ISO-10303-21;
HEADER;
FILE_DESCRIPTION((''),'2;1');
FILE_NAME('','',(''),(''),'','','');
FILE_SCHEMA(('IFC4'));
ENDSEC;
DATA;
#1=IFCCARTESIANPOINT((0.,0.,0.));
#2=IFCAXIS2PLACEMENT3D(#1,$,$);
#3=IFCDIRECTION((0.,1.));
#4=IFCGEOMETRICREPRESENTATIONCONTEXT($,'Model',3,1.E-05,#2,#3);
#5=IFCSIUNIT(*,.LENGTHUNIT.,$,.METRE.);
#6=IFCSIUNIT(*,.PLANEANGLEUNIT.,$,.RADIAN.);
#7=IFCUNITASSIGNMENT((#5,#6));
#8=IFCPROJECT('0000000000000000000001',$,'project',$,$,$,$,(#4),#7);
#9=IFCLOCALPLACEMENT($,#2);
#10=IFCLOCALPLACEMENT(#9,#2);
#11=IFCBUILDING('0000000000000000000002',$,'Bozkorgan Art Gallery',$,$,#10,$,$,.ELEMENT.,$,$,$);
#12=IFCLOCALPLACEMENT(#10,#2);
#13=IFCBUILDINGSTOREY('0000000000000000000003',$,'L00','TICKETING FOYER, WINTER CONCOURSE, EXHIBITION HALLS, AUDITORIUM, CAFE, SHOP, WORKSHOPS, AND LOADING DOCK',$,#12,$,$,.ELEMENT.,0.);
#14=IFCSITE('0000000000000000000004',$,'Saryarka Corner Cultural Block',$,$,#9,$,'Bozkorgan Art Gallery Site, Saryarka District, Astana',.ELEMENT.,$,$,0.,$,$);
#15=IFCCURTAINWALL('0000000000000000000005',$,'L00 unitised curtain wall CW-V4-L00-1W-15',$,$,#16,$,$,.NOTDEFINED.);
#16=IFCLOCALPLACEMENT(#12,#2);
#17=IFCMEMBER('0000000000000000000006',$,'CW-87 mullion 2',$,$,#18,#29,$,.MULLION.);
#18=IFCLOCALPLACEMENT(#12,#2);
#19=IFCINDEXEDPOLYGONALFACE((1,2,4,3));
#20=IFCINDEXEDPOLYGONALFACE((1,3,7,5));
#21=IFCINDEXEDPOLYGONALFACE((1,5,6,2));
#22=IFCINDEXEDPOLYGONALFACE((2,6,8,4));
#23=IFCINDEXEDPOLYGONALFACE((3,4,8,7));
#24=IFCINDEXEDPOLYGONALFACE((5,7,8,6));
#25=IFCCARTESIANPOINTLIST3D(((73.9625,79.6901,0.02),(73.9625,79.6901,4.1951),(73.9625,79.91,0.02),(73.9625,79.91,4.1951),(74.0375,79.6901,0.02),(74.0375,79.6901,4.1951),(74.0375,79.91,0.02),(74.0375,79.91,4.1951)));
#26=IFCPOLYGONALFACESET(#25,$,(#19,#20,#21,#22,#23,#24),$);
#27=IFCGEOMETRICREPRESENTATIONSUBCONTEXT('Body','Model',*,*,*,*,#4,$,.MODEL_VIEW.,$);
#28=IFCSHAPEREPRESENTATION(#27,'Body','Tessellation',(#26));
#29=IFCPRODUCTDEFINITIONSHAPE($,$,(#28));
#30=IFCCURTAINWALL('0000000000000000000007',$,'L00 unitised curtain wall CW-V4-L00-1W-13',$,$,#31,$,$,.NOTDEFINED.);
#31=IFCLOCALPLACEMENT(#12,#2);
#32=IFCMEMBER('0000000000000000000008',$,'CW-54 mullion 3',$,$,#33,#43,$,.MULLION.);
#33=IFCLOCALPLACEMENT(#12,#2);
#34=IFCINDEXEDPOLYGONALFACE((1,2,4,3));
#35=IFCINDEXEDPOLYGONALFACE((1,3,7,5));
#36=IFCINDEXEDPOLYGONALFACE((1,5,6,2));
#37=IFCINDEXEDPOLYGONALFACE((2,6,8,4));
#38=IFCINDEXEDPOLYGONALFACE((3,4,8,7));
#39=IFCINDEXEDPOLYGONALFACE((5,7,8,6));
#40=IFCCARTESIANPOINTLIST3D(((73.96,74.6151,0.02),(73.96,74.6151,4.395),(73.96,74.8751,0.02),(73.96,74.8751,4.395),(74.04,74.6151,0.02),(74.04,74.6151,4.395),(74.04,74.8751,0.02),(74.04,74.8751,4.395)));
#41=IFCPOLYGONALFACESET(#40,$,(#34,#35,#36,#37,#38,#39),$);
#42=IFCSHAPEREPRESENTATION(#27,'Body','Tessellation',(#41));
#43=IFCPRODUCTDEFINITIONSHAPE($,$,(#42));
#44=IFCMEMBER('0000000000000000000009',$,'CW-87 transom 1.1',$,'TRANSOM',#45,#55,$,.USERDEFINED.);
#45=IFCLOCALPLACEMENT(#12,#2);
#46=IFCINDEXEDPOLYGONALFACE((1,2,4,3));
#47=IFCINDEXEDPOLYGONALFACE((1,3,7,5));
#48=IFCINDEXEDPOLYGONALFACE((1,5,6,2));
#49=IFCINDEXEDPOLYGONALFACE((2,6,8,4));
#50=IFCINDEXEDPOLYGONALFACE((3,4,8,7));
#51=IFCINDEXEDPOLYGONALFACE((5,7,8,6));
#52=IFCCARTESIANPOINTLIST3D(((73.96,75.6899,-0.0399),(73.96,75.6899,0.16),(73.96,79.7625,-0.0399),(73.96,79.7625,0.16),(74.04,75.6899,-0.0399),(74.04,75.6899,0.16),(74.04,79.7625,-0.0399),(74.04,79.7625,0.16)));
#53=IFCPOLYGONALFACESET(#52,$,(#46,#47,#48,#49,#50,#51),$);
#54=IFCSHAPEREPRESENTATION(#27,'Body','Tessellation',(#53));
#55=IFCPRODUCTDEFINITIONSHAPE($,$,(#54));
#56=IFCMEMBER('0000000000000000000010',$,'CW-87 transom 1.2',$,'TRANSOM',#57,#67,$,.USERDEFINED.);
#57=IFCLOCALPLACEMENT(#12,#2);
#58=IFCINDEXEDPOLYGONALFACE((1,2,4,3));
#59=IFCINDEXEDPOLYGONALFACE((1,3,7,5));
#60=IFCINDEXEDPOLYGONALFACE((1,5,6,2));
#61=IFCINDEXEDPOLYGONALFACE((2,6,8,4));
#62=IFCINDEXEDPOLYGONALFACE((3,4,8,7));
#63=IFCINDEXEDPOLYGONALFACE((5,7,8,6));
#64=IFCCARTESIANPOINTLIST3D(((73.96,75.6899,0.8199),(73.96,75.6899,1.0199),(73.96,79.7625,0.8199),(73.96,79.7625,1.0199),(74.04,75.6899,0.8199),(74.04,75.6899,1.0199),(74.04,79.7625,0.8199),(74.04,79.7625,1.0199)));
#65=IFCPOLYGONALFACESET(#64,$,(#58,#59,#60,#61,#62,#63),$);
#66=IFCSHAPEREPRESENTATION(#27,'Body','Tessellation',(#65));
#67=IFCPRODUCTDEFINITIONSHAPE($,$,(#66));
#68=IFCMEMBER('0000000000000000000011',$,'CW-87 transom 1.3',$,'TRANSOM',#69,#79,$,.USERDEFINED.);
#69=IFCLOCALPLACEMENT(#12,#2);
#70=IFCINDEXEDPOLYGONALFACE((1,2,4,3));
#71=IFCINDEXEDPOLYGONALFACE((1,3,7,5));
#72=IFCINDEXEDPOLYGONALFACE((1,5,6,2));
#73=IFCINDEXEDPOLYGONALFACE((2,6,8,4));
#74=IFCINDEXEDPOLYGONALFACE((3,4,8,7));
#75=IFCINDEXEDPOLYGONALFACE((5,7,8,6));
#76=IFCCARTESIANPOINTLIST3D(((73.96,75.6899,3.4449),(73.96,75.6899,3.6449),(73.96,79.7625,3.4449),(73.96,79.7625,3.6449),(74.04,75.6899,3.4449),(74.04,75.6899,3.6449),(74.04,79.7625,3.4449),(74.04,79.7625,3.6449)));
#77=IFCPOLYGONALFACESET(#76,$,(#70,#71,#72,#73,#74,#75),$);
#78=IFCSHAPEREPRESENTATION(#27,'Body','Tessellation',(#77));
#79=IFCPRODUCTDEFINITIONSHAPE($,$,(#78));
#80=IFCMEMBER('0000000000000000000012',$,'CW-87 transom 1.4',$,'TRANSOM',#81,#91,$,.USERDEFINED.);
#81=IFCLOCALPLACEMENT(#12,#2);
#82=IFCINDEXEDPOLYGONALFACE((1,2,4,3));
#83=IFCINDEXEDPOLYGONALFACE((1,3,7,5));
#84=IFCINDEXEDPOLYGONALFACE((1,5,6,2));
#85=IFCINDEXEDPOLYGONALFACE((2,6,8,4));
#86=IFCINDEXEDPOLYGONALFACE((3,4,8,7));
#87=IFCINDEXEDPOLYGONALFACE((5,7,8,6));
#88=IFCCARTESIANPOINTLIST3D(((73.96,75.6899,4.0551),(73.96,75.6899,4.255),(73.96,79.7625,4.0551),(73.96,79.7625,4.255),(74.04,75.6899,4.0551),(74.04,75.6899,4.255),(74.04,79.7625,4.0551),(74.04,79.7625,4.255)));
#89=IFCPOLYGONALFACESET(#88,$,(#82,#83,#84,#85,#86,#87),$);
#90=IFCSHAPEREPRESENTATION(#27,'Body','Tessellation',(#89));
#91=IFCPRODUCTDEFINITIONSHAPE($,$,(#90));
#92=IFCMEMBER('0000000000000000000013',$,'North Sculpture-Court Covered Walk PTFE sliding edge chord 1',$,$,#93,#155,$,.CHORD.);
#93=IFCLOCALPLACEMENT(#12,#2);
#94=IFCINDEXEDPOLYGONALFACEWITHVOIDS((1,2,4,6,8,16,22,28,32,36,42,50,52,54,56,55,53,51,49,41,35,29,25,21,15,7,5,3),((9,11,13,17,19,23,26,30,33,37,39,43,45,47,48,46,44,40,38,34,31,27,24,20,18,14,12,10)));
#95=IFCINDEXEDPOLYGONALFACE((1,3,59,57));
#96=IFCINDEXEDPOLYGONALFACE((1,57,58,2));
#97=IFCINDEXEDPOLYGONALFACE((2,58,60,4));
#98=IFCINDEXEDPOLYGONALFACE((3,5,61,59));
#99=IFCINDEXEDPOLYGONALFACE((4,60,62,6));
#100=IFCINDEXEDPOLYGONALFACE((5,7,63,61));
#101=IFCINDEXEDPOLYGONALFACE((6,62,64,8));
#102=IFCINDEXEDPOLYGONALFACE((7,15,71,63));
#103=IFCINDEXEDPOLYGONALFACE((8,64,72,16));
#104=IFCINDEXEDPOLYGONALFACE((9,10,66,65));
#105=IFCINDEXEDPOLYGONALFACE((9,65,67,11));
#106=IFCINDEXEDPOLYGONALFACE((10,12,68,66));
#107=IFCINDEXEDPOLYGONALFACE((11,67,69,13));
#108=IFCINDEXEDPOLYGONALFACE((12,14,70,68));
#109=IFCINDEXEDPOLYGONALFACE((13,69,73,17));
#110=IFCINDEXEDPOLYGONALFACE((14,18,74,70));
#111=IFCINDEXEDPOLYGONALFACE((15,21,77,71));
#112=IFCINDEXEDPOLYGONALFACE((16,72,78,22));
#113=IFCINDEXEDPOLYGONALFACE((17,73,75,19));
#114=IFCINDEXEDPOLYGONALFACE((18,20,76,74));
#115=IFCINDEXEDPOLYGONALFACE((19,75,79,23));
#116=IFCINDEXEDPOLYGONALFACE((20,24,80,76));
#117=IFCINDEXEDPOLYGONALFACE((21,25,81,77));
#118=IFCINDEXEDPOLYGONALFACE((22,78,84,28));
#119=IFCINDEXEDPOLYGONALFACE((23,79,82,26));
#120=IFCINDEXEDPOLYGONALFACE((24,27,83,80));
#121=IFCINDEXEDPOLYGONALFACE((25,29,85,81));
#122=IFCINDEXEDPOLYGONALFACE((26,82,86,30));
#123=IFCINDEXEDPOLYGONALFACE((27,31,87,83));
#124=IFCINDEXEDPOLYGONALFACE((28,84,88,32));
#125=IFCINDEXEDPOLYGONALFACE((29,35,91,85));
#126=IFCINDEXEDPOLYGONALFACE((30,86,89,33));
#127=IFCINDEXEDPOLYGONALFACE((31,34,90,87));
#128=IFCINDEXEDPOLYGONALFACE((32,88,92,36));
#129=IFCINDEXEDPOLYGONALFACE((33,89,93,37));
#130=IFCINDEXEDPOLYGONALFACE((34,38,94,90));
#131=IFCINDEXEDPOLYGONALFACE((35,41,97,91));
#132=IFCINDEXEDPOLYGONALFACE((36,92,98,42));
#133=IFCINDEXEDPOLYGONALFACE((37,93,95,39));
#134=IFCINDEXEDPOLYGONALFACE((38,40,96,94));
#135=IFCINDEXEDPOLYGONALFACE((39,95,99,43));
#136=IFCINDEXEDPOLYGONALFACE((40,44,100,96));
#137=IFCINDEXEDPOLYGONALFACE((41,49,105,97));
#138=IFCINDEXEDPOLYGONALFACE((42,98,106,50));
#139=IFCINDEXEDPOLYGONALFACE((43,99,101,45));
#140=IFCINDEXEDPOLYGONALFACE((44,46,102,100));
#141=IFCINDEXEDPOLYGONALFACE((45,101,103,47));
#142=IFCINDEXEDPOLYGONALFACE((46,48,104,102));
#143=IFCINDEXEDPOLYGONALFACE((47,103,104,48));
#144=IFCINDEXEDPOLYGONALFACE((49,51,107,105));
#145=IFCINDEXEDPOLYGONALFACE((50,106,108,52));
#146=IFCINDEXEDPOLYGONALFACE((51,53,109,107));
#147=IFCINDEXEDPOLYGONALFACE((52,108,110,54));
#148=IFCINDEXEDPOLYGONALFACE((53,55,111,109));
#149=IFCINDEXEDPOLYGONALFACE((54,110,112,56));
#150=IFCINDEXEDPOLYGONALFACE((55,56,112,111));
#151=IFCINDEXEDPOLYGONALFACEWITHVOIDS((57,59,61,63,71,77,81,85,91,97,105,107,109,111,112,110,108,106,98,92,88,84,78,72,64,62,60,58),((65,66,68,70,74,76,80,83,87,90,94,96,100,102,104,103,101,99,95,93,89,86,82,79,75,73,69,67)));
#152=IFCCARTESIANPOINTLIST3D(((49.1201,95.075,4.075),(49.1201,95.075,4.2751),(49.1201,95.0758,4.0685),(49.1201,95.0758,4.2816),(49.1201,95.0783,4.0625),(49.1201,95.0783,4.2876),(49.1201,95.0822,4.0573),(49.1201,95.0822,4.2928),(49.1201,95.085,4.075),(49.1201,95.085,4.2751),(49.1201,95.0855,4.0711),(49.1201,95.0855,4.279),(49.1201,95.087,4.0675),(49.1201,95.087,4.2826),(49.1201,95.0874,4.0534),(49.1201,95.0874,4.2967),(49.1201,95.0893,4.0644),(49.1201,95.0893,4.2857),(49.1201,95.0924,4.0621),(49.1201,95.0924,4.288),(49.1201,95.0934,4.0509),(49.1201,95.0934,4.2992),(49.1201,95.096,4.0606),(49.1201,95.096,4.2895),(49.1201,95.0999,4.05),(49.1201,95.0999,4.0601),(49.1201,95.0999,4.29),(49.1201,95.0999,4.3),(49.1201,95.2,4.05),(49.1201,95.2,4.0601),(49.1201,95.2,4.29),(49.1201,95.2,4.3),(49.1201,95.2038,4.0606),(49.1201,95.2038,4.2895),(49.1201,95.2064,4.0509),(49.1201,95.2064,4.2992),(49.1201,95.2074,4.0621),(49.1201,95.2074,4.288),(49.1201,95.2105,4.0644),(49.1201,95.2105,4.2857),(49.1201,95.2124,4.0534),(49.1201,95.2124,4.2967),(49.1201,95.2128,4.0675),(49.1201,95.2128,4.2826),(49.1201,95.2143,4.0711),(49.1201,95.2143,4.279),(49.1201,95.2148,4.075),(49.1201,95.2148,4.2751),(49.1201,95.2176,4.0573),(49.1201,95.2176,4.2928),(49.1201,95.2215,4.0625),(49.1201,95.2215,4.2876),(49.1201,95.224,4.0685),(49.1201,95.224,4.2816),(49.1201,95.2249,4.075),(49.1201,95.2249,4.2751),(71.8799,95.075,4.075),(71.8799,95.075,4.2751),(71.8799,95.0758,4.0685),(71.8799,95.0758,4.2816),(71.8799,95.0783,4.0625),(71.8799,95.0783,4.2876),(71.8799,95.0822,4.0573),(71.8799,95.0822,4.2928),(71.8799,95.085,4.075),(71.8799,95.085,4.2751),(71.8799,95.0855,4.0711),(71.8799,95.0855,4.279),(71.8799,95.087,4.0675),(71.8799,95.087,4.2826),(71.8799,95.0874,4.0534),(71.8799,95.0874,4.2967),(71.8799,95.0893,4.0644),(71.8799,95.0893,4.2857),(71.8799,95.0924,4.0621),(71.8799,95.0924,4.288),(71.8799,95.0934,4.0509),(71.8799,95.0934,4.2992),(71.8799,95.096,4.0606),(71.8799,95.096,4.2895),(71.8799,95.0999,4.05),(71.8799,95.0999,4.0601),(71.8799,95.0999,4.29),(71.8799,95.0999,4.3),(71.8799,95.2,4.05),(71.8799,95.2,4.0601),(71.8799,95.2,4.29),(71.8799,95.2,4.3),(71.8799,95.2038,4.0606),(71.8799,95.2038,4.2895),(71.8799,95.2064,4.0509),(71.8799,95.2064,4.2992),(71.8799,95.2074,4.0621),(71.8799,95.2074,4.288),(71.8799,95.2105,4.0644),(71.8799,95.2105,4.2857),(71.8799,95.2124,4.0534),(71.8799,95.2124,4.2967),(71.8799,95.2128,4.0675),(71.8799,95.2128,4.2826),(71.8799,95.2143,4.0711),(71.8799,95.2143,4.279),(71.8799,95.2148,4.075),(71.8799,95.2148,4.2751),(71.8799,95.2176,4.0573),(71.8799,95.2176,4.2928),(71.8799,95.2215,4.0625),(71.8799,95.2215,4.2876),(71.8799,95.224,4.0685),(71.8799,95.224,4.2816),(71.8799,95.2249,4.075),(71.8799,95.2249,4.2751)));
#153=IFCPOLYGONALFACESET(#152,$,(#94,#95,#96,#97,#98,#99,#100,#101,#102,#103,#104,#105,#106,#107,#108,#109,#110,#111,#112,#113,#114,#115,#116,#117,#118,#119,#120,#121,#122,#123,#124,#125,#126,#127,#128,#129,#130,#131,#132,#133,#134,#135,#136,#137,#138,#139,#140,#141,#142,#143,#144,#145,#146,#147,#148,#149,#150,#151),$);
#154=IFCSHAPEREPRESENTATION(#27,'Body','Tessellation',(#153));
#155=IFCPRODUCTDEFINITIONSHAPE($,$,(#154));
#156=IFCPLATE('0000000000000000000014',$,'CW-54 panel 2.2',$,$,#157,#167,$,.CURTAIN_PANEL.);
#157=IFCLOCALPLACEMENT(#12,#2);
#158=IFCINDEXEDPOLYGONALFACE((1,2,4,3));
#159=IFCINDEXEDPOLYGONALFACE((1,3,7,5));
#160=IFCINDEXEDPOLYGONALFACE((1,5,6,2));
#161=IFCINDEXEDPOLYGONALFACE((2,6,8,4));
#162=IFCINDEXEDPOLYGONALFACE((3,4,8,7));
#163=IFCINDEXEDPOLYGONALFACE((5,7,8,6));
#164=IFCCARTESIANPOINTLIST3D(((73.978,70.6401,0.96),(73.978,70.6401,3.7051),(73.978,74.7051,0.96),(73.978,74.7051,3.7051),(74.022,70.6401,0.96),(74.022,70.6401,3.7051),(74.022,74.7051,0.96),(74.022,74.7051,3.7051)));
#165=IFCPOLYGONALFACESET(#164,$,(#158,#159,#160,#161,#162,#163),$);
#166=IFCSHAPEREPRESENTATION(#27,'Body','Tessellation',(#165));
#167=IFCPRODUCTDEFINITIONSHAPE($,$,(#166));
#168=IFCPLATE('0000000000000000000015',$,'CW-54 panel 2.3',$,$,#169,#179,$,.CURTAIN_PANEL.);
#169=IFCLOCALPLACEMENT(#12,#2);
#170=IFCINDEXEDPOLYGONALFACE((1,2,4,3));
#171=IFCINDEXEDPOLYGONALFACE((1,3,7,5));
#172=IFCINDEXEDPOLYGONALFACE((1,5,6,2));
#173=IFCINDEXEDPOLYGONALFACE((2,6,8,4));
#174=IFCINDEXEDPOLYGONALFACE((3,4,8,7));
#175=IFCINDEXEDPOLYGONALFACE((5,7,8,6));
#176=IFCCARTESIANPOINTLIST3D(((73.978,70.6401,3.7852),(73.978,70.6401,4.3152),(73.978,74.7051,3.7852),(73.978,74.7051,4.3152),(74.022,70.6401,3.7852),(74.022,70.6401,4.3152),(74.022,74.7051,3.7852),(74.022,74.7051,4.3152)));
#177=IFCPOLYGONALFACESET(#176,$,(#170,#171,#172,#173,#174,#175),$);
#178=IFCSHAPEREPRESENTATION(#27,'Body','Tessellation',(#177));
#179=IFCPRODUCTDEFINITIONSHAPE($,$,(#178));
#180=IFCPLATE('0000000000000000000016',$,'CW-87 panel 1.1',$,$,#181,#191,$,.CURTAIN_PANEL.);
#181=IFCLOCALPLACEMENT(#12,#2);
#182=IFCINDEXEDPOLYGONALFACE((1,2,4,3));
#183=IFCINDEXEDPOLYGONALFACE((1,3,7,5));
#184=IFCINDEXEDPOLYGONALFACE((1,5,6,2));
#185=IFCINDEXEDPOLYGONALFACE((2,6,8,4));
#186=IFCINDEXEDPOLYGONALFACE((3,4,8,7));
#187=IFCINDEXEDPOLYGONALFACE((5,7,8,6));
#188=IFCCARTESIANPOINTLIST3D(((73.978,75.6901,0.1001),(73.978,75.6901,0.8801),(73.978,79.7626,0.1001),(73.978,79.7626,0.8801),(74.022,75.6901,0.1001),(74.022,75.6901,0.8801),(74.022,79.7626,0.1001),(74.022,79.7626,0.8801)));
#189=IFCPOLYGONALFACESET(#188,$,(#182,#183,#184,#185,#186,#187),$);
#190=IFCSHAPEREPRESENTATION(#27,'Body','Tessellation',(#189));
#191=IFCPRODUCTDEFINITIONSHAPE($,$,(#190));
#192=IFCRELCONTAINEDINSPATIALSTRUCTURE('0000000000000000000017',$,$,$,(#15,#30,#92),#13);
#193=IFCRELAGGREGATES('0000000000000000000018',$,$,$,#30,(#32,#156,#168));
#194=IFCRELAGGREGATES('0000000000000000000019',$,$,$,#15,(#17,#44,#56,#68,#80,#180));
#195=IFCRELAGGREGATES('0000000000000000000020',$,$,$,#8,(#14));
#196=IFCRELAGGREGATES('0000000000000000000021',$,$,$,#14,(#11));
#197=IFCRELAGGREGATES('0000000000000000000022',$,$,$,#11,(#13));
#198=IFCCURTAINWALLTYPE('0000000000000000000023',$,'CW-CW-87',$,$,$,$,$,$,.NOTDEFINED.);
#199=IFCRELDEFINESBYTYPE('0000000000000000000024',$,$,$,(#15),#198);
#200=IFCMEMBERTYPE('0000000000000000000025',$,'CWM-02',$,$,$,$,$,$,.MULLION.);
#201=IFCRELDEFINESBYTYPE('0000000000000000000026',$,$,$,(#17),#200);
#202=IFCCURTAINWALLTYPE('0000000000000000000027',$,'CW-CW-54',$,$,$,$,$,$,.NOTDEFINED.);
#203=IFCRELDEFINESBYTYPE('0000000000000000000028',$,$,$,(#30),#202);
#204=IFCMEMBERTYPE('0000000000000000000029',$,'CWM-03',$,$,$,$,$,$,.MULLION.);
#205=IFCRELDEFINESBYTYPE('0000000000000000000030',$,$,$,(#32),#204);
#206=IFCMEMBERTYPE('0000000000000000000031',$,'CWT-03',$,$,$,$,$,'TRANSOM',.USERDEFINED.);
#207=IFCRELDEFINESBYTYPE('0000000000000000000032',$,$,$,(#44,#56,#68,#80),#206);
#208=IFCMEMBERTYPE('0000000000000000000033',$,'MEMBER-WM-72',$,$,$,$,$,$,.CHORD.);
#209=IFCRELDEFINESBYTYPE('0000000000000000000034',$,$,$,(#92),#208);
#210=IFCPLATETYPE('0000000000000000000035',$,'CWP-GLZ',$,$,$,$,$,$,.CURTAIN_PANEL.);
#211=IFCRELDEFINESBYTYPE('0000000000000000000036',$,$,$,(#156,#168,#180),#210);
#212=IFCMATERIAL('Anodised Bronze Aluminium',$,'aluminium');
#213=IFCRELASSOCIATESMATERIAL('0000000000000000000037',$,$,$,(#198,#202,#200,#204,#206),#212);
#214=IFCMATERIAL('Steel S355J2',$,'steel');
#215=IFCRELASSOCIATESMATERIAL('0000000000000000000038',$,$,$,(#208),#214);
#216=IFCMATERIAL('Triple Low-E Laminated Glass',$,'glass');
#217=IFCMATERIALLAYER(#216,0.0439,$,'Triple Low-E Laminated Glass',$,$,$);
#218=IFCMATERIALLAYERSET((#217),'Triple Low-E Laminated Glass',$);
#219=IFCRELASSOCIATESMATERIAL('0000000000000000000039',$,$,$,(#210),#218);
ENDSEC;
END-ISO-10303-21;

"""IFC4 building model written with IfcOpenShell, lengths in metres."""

from ifc_helpers import new_model, si_unit, direction, frame, origin, origin_2d, place, context, subcontext, project, spatial, rectangle, hollow_rectangle, extrude, material, layer, layer_set, material_profile, profile_set, type_object, element, aggregate, save


model = new_model("IFC4")

# Units and contexts
model_context = context("Model", 3, precision=1e-05, world=origin(), true_north=direction((0.0, 1.0)))
body_context = subcontext(model_context, "Body", "Model", "MODEL_VIEW")
ifc_project = project(units=[si_unit("LENGTHUNIT", "METRE"), si_unit("PLANEANGLEUNIT", "RADIAN")], contexts=[model_context])

# Site, building, storey
site_placement = place(None, origin())
site = spatial("IfcSite", under=ifc_project, at=site_placement, Name="Saryarka Corner Cultural Block", LongName="Bozkorgan Art Gallery Site, Saryarka District, Astana", CompositionType="ELEMENT", RefElevation=0.0)
building_placement = place(site_placement, origin())
building = spatial("IfcBuilding", under=site, at=building_placement, Name="Bozkorgan Art Gallery", CompositionType="ELEMENT")
storey_placement = place(building_placement, origin())
storey = spatial("IfcBuildingStorey", under=building, at=storey_placement, Name="L00", Description="TICKETING FOYER, WINTER CONCOURSE, EXHIBITION HALLS, AUDITORIUM, CAFE, SHOP, WORKSHOPS, AND LOADING DOCK", CompositionType="ELEMENT", Elevation=0.0)

# Shared definitions
ifc_material_1 = material(Name="Steel S355J2", Category="steel")

# Curtain wall, member
ifc_material_2 = material(Name="Anodised Bronze Aluminium", Category="aluminium")
curtain_wall_type_1 = type_object("IfcCurtainWallType", Name="CW-CW-87", PredefinedType="NOTDEFINED", material=ifc_material_2)
curtain_wall_1_placement = place(storey_placement, origin())
curtain_wall_1 = element("IfcCurtainWall", 1, at=curtain_wall_1_placement, inside=storey, type_object=curtain_wall_type_1, Name="L00 unitised curtain wall CW-V4-L00-1W-15", PredefinedType="NOTDEFINED")
ifc_material_profile_1 = material_profile(ifc_material_2, rectangle(XDim=0.075, YDim=0.22, at=origin_2d()), Name="ALU MULLION 75x220")
ifc_profile_set_1 = profile_set([ifc_material_profile_1], Name="Anodised Bronze Aluminium")
member_type_1 = type_object("IfcMemberType", Name="CWM-02", PredefinedType="MULLION", material=ifc_profile_set_1)
member_1_placement = place(storey_placement, frame((74.0, 79.8, 0.02), z_axis=(0.0, 0.0, 1.0), x_axis=(-1.0, 0.0, 0.0)))
member_1 = element("IfcMember", 2, at=member_1_placement, type_object=member_type_1, Name="CW-87 mullion 2", PredefinedType="MULLION", context=body_context, shape_type="SweptSolid", body=[
    extrude(rectangle(XDim=0.075, YDim=0.22, at=origin_2d()), origin(), (0.0, 0.0, 1.0), 4.175),
])

# Curtain wall, member
curtain_wall_type_2 = type_object("IfcCurtainWallType", Name="CW-CW-54", PredefinedType="NOTDEFINED", material=ifc_material_2)
curtain_wall_2_placement = place(storey_placement, origin())
curtain_wall_2 = element("IfcCurtainWall", 3, at=curtain_wall_2_placement, inside=storey, type_object=curtain_wall_type_2, Name="L00 unitised curtain wall CW-V4-L00-1W-13", PredefinedType="NOTDEFINED")
ifc_material_profile_2 = material_profile(ifc_material_2, rectangle(XDim=0.0801, YDim=0.26, at=origin_2d()), Name="ALU MULLION 80x260")
ifc_profile_set_2 = profile_set([ifc_material_profile_2], Name="Anodised Bronze Aluminium")
member_type_2 = type_object("IfcMemberType", Name="CWM-03", PredefinedType="MULLION", material=ifc_profile_set_2)
member_2_placement = place(storey_placement, frame((74.0, 74.7451, 0.02), z_axis=(0.0, 0.0, 1.0), x_axis=(-1.0, 0.0, 0.0)))
member_2 = element("IfcMember", 4, at=member_2_placement, type_object=member_type_2, Name="CW-54 mullion 3", PredefinedType="MULLION", context=body_context, shape_type="SweptSolid", body=[
    extrude(rectangle(XDim=0.0801, YDim=0.26, at=origin_2d()), origin(), (0.0, 0.0, 1.0), 4.375),
])

# Members
ifc_material_profile_3 = material_profile(ifc_material_2, rectangle(XDim=0.0801, YDim=0.2, at=origin_2d()), Name="ALU TRANSOM 80x200")
ifc_profile_set_3 = profile_set([ifc_material_profile_3], Name="Anodised Bronze Aluminium")
member_type_3 = type_object("IfcMemberType", Name="CWT-03", ElementType="TRANSOM", PredefinedType="USERDEFINED", material=ifc_profile_set_3)
member_3_placement = place(storey_placement, frame((74.0, 75.6899, 0.0601), z_axis=(0.0, 1.0, 0.0), x_axis=(-1.0, 0.0, 0.0)))
member_3 = element("IfcMember", 5, at=member_3_placement, type_object=member_type_3, Name="CW-87 transom 1.1", ObjectType="TRANSOM", PredefinedType="USERDEFINED", context=body_context, shape_type="SweptSolid", body=[
    extrude(rectangle(XDim=0.0801, YDim=0.2, at=origin_2d()), origin(), (0.0, 0.0, 1.0), 4.0725),
])
member_4_placement = place(storey_placement, frame((74.0, 75.6899, 0.9199), z_axis=(0.0, 1.0, 0.0), x_axis=(-1.0, 0.0, 0.0)))
member_4 = element("IfcMember", 6, at=member_4_placement, type_object=member_type_3, Name="CW-87 transom 1.2", ObjectType="TRANSOM", PredefinedType="USERDEFINED", context=body_context, shape_type="SweptSolid", body=[
    extrude(rectangle(XDim=0.0801, YDim=0.2, at=origin_2d()), origin(), (0.0, 0.0, 1.0), 4.0725),
])
member_5_placement = place(storey_placement, frame((74.0, 75.6899, 3.5449), z_axis=(0.0, 1.0, 0.0), x_axis=(-1.0, 0.0, 0.0)))
member_5 = element("IfcMember", 7, at=member_5_placement, type_object=member_type_3, Name="CW-87 transom 1.3", ObjectType="TRANSOM", PredefinedType="USERDEFINED", context=body_context, shape_type="SweptSolid", body=[
    extrude(rectangle(XDim=0.0801, YDim=0.2, at=origin_2d()), origin(), (0.0, 0.0, 1.0), 4.0725),
])
member_6_placement = place(storey_placement, frame((74.0, 75.6899, 4.155), z_axis=(0.0, 1.0, 0.0), x_axis=(-1.0, 0.0, 0.0)))
member_6 = element("IfcMember", 8, at=member_6_placement, type_object=member_type_3, Name="CW-87 transom 1.4", ObjectType="TRANSOM", PredefinedType="USERDEFINED", context=body_context, shape_type="SweptSolid", body=[
    extrude(rectangle(XDim=0.0801, YDim=0.2, at=origin_2d()), origin(), (0.0, 0.0, 1.0), 4.0725),
])
ifc_material_profile_4 = material_profile(ifc_material_1, hollow_rectangle(XDim=0.1499, YDim=0.25, WallThickness=0.01, InnerFilletRadius=0.0149, OuterFilletRadius=0.0249, at=origin_2d()), Name="RHS 250x150x10")
ifc_profile_set_4 = profile_set([ifc_material_profile_4], Name="Steel S355J2")
member_type_4 = type_object("IfcMemberType", Name="MEMBER-WM-72", PredefinedType="CHORD", material=ifc_profile_set_4)
member_7_placement = place(storey_placement, frame((49.1201, 95.1499, 4.175), z_axis=(1.0, 0.0, 0.0), x_axis=(0.0, 1.0, 0.0)))
element("IfcMember", 9, at=member_7_placement, inside=storey, type_object=member_type_4, Name="North Sculpture-Court Covered Walk PTFE sliding edge chord 1", PredefinedType="CHORD", context=body_context, shape_type="SweptSolid", body=[
    extrude(hollow_rectangle(XDim=0.1499, YDim=0.25, WallThickness=0.01, InnerFilletRadius=0.0149, OuterFilletRadius=0.0249, at=origin_2d()), origin(), (0.0, 0.0, 1.0), 22.7598),
])

# Plates
ifc_material_3 = material(Name="Triple Low-E Laminated Glass", Category="glass")
ifc_layer_1 = layer(ifc_material_3, 0.0439, Name="Triple Low-E Laminated Glass")
ifc_layer_set_1 = layer_set([ifc_layer_1], Name="Triple Low-E Laminated Glass")
plate_type_1 = type_object("IfcPlateType", Name="CWP-GLZ", PredefinedType="CURTAIN_PANEL", material=ifc_layer_set_1)
plate_1_placement = place(storey_placement, frame((74.0, 72.6726, 0.96), z_axis=(0.0, 0.0, 1.0), x_axis=(0.0, 1.0, 0.0)))
plate_1 = element("IfcPlate", 10, at=plate_1_placement, type_object=plate_type_1, Name="CW-54 panel 2.2", PredefinedType="CURTAIN_PANEL", context=body_context, shape_type="SweptSolid", body=[
    extrude(rectangle(XDim=4.0649, YDim=0.0439, at=origin_2d()), origin(), (0.0, 0.0, 1.0), 2.7451),
])
plate_2_placement = place(storey_placement, frame((74.0, 72.6726, 3.7852), z_axis=(0.0, 0.0, 1.0), x_axis=(0.0, 1.0, 0.0)))
plate_2 = element("IfcPlate", 11, at=plate_2_placement, type_object=plate_type_1, Name="CW-54 panel 2.3", PredefinedType="CURTAIN_PANEL", context=body_context, shape_type="SweptSolid", body=[
    extrude(rectangle(XDim=4.0649, YDim=0.0439, at=origin_2d()), origin(), (0.0, 0.0, 1.0), 0.53),
])
aggregate(curtain_wall_2, [member_2, plate_1, plate_2])
plate_3_placement = place(storey_placement, frame((74.0, 77.7263, 0.1001), z_axis=(0.0, 0.0, 1.0), x_axis=(0.0, 1.0, 0.0)))
plate_3 = element("IfcPlate", 12, at=plate_3_placement, type_object=plate_type_1, Name="CW-87 panel 1.1", PredefinedType="CURTAIN_PANEL", context=body_context, shape_type="SweptSolid", body=[
    extrude(rectangle(XDim=4.0725, YDim=0.0439, at=origin_2d()), origin(), (0.0, 0.0, 1.0), 0.78),
])
aggregate(curtain_wall_1, [member_1, member_3, member_4, member_5, member_6, plate_3])

save(model, "model.ifc")
